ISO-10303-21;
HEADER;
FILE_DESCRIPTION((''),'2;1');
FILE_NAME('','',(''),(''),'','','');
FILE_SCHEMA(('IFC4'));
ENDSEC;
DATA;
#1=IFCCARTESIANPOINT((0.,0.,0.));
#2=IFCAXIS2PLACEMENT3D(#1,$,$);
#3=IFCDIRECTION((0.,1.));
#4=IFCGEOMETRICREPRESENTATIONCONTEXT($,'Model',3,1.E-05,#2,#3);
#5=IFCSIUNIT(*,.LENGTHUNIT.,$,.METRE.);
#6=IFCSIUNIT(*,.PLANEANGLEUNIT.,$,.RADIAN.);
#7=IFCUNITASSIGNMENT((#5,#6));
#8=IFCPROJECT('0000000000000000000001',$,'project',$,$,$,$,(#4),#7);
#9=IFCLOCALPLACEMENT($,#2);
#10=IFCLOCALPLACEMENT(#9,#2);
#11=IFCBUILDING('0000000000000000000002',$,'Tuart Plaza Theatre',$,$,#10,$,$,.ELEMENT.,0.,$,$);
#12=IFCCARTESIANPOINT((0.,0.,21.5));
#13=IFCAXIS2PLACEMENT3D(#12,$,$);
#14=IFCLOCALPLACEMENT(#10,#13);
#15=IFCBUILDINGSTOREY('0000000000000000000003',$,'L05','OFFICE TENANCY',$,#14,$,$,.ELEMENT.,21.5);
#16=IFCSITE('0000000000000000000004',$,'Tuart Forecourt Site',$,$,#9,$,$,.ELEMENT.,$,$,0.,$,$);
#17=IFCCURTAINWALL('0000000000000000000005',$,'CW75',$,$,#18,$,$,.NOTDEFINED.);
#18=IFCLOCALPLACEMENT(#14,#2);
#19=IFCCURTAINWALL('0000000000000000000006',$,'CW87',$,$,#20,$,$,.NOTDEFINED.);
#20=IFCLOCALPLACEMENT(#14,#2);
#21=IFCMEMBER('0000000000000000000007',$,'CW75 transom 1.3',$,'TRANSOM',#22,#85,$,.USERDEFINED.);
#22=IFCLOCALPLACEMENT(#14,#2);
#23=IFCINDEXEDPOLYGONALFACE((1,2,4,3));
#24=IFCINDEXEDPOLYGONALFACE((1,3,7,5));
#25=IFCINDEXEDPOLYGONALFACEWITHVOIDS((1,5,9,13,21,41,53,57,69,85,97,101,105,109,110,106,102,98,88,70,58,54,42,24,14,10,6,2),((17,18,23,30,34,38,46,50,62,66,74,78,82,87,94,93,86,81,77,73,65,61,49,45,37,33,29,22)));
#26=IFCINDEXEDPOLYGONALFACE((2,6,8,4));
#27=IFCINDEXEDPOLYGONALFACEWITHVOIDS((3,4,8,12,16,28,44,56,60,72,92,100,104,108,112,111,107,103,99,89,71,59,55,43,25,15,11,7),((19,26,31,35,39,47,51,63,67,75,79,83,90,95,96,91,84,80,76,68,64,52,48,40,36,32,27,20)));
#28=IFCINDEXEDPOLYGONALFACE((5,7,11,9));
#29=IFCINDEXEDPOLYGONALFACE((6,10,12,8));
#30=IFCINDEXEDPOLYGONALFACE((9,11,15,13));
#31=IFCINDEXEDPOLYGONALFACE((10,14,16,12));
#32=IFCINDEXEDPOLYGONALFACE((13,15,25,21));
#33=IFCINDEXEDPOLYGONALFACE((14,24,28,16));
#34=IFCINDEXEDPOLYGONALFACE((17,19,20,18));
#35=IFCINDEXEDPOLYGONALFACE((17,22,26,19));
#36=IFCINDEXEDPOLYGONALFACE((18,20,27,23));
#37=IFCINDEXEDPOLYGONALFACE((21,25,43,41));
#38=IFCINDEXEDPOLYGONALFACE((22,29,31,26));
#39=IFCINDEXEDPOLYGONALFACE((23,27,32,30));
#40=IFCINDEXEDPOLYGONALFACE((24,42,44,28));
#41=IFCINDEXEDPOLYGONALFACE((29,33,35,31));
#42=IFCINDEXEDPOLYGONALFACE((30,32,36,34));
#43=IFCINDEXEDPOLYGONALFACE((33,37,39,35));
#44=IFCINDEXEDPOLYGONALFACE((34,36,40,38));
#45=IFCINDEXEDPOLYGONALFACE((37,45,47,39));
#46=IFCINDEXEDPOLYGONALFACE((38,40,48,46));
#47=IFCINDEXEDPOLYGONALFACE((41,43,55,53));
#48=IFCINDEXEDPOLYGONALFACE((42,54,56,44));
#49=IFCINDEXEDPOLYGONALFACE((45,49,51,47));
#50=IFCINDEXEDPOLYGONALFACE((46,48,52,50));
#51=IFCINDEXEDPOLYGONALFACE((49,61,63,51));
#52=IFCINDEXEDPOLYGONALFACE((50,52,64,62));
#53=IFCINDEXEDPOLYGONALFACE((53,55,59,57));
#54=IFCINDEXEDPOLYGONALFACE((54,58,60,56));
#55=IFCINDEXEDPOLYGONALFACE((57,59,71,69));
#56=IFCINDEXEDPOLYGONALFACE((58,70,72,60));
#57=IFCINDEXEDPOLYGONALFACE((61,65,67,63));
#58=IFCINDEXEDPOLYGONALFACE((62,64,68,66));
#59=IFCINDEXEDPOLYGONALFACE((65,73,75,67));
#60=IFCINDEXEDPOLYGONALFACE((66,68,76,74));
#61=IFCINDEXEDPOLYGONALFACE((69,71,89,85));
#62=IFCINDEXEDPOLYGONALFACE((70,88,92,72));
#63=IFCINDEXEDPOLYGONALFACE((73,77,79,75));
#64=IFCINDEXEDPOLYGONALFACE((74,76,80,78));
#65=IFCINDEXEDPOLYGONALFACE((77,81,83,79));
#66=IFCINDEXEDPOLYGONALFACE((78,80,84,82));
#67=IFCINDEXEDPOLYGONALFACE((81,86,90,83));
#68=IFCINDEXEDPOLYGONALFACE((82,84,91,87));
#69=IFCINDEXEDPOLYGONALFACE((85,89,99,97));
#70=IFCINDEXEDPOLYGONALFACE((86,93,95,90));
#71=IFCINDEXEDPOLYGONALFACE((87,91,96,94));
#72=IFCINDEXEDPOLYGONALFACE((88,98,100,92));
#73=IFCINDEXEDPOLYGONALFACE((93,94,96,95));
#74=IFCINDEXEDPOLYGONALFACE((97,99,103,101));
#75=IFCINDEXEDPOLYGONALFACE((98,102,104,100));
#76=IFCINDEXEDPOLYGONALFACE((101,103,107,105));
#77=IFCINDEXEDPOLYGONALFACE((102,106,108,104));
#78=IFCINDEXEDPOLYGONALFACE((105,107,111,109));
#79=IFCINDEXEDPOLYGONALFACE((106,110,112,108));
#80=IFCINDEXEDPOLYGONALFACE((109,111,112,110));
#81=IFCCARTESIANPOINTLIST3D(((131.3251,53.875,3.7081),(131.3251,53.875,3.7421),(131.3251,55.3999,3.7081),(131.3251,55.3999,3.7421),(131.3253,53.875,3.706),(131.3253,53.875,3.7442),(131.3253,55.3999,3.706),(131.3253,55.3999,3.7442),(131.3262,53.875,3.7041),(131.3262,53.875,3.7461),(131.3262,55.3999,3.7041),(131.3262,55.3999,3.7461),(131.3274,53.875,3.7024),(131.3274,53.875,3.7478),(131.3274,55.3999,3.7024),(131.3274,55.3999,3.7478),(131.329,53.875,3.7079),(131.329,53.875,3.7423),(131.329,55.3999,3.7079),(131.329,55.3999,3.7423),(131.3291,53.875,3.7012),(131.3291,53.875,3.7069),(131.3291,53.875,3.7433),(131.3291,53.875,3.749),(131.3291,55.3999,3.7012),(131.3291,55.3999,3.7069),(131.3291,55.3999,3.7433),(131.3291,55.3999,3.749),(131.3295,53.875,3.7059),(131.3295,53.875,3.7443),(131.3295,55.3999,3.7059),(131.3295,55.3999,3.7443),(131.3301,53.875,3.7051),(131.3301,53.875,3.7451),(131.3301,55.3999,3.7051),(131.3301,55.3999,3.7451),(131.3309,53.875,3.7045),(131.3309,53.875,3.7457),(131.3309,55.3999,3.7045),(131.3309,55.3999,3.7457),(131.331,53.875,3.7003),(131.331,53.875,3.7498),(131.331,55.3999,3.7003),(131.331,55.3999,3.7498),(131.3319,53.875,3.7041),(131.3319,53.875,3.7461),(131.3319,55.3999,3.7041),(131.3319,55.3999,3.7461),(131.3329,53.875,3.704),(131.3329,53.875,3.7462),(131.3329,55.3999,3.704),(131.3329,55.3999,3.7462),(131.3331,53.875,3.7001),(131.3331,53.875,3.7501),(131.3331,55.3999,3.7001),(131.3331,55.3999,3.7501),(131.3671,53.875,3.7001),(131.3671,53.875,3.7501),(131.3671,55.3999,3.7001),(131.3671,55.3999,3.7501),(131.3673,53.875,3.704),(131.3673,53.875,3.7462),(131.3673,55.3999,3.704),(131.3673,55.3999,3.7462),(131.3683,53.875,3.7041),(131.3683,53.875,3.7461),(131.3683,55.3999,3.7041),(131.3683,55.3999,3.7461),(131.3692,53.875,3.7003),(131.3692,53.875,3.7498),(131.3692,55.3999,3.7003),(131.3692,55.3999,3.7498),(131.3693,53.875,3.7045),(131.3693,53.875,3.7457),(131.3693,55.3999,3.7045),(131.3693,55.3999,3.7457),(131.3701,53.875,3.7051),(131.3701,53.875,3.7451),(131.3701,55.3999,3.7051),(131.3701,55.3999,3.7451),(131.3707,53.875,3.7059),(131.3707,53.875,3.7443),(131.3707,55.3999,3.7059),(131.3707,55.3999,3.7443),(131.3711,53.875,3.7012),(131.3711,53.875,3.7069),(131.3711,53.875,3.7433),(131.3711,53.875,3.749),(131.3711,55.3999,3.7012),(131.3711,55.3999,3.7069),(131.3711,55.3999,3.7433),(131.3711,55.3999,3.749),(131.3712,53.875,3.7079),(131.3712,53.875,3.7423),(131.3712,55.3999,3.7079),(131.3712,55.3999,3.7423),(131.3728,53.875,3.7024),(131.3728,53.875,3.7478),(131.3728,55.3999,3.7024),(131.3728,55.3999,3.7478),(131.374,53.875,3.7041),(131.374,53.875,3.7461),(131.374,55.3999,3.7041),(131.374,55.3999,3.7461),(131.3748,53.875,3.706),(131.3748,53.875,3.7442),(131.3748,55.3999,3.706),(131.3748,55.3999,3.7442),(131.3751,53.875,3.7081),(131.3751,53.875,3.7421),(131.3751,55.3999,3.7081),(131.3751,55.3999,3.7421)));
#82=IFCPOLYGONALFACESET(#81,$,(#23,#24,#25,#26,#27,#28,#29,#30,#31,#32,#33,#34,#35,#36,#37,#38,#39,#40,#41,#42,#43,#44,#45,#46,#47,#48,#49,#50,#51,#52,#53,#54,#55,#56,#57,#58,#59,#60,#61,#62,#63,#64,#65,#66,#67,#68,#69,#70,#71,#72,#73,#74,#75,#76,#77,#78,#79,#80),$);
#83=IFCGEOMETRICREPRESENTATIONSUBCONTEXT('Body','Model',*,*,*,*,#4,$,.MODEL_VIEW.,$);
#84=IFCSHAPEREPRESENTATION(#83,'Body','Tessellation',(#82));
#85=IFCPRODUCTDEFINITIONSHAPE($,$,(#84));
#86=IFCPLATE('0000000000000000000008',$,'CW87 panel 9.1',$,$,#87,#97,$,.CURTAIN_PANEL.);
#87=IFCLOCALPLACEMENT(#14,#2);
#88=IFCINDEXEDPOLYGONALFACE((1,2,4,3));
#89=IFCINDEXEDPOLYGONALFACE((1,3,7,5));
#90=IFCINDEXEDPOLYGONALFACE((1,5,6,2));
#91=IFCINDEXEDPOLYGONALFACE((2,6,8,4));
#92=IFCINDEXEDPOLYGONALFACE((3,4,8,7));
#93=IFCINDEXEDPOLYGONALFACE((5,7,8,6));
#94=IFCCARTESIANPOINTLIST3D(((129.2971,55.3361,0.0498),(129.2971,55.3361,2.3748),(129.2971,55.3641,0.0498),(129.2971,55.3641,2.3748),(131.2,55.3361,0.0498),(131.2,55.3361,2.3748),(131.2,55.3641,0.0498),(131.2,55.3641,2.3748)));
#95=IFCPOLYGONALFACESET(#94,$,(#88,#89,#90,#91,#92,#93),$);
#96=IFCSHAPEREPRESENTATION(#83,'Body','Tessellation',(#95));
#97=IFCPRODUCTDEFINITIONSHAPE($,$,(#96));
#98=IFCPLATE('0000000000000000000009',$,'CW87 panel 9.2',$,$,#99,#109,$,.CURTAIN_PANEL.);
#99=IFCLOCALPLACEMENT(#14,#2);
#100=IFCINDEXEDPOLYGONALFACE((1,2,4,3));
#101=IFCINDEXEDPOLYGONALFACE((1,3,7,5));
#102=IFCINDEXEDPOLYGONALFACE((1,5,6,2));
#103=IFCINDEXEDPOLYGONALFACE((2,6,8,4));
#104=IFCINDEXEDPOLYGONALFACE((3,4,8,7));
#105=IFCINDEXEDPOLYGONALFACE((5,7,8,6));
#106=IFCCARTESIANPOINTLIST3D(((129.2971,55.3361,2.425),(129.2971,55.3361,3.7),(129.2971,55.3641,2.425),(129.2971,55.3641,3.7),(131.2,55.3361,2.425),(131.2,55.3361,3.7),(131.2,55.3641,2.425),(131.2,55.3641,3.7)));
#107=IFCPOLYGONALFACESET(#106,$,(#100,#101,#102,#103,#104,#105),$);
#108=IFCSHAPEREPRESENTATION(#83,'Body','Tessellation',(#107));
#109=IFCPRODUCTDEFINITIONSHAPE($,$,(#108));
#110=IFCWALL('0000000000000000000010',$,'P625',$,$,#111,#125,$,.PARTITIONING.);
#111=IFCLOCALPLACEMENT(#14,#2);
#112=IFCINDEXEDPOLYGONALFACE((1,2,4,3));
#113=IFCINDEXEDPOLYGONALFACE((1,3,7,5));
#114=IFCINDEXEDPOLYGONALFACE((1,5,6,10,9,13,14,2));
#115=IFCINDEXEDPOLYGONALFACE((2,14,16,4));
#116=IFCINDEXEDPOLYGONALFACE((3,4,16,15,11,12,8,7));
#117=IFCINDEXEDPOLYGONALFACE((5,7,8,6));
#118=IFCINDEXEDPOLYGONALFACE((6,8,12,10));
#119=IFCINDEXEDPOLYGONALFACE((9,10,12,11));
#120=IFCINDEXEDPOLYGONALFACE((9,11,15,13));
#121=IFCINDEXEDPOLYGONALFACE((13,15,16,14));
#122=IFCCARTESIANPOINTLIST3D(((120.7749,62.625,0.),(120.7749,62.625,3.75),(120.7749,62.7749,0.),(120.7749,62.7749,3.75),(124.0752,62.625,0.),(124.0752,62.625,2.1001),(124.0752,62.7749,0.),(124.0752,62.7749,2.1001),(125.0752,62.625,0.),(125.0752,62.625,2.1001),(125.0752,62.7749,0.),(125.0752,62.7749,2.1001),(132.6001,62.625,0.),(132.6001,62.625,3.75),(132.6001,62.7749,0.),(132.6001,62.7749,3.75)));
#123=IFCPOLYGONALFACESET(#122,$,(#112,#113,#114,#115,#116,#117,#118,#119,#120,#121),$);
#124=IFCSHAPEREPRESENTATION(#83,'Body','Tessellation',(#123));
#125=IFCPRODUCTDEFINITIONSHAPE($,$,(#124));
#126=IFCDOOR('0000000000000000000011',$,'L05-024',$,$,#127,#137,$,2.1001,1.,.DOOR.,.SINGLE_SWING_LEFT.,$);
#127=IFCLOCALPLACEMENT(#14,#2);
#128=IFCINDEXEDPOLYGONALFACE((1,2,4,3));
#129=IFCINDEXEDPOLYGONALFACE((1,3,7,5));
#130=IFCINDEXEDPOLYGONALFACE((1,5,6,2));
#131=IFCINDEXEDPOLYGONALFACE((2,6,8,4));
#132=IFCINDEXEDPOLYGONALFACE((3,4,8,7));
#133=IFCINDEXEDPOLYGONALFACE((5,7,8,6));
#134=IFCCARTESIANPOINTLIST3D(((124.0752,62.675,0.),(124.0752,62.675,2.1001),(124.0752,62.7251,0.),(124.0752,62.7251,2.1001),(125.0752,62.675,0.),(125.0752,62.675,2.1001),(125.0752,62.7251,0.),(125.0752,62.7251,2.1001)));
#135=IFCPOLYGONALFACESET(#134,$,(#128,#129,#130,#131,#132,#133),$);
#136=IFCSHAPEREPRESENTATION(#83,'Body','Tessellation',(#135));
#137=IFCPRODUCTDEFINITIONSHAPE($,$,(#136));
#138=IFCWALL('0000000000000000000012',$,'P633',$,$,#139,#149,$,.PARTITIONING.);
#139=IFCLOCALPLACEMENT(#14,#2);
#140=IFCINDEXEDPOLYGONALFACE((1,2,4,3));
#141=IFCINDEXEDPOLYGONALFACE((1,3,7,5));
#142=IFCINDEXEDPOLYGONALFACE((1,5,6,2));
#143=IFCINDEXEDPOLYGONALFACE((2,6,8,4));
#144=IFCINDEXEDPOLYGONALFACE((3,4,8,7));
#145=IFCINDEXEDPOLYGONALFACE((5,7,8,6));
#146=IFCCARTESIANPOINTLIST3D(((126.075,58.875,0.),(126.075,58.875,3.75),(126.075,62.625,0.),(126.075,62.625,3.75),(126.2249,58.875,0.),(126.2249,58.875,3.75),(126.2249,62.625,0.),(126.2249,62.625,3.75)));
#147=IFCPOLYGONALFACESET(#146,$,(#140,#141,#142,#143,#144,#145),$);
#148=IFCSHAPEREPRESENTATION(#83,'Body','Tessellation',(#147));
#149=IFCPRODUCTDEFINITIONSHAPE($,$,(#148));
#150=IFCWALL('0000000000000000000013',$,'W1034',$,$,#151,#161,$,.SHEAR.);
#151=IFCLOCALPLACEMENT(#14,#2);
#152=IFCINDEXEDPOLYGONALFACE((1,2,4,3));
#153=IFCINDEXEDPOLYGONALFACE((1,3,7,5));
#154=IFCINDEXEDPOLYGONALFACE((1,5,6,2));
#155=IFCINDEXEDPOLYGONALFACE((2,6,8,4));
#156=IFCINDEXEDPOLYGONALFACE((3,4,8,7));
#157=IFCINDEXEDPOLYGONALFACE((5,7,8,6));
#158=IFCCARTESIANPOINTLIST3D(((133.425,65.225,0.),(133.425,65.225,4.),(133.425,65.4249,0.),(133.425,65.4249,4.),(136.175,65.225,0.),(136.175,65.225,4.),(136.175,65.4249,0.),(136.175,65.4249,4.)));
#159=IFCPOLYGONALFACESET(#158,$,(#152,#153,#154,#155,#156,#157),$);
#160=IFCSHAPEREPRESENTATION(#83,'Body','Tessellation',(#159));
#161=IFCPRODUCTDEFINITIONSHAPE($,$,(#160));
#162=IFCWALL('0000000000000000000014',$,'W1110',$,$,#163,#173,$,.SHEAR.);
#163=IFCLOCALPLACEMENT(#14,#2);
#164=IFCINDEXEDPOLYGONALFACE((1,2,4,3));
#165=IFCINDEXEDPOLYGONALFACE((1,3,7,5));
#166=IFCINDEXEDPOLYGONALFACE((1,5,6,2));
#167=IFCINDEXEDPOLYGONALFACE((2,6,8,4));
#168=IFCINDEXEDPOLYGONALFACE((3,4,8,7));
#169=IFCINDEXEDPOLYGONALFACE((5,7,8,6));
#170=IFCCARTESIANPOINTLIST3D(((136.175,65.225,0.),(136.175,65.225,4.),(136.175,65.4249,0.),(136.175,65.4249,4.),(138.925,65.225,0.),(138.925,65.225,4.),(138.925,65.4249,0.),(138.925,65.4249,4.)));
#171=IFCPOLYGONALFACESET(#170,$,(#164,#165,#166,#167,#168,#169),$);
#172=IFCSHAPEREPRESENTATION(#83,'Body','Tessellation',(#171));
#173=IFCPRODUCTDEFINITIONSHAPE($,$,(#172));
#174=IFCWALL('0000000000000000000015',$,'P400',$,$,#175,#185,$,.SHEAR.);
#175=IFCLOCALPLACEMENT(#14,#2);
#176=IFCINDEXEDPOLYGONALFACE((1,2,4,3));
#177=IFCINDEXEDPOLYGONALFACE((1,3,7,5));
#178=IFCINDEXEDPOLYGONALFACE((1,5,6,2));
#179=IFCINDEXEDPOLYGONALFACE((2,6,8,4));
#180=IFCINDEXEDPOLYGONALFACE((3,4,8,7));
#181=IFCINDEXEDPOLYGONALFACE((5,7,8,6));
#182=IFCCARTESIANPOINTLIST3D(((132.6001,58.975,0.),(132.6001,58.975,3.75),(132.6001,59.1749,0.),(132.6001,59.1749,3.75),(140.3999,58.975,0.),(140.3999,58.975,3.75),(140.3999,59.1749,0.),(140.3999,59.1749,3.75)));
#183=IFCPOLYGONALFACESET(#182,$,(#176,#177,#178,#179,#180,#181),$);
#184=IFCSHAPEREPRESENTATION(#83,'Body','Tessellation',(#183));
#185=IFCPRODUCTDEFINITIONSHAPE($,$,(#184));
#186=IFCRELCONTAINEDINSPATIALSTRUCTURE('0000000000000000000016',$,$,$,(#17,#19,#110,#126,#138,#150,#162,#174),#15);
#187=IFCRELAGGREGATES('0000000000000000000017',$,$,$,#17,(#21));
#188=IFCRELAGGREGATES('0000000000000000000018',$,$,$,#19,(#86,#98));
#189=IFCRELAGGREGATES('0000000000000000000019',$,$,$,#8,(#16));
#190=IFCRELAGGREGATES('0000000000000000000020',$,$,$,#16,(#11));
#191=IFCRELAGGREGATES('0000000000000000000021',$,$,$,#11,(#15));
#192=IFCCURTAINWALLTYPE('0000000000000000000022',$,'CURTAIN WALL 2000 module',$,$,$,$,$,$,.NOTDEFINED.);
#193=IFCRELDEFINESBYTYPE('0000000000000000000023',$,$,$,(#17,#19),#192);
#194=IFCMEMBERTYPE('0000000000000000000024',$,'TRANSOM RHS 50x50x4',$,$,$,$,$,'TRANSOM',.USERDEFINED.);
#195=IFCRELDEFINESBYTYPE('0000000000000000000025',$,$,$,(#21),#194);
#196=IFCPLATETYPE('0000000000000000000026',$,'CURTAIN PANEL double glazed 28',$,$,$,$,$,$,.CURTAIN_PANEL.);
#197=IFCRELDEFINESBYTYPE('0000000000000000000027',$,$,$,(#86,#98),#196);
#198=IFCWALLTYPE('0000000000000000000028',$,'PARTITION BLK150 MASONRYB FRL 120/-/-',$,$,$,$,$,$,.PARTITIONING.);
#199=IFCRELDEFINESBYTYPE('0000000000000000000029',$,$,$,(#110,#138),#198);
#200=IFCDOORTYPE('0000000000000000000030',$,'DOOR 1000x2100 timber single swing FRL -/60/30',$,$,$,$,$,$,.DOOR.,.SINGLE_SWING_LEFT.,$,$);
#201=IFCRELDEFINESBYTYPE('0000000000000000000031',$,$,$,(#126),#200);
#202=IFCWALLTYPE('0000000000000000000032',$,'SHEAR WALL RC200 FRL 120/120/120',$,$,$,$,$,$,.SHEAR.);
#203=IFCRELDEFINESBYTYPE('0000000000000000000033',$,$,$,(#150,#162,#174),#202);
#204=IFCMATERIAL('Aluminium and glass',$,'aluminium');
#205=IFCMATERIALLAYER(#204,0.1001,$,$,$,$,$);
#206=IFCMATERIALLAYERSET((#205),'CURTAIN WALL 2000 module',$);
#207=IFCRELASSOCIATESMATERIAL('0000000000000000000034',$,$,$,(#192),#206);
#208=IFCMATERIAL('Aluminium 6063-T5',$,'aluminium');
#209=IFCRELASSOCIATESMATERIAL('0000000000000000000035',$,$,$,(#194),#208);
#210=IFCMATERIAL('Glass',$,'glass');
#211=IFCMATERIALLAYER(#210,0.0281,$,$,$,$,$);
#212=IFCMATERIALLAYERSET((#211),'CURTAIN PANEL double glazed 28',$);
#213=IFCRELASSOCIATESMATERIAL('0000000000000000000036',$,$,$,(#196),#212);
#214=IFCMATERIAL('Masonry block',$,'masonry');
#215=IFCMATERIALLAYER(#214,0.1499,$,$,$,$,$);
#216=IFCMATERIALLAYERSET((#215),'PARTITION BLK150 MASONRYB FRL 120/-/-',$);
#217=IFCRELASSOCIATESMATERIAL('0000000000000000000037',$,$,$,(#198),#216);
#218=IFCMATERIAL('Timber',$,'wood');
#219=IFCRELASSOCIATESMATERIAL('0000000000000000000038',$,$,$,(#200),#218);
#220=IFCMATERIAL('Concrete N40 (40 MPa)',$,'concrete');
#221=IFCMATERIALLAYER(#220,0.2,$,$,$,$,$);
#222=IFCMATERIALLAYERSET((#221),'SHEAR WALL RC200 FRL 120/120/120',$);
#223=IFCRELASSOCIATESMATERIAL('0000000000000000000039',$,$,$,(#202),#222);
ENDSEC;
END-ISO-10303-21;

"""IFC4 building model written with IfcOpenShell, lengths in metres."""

from ifc_helpers import new_model, si_unit, direction, frame, frame_2d, origin, origin_2d, place, context, subcontext, project, spatial, rectangle, hollow_rectangle, extrude, material, layer, layer_set, material_profile, profile_set, type_object, element, fill, aggregate, save


model = new_model("IFC4")

# Units and contexts
model_context = context("Model", 3, precision=1e-05, world=origin(), true_north=direction((0.0, 1.0)))
body_context = subcontext(model_context, "Body", "Model", "MODEL_VIEW")
ifc_project = project(units=[si_unit("LENGTHUNIT", "METRE"), si_unit("PLANEANGLEUNIT", "RADIAN")], contexts=[model_context])

# Site, building, storey
site_placement = place(None, origin())
site = spatial("IfcSite", under=ifc_project, at=site_placement, Name="Tuart Forecourt Site", CompositionType="ELEMENT", RefElevation=0.0)
building_placement = place(site_placement, origin())
building = spatial("IfcBuilding", under=site, at=building_placement, Name="Tuart Plaza Theatre", CompositionType="ELEMENT", ElevationOfRefHeight=0.0)
storey_placement = place(building_placement, frame((0.0, 0.0, 21.5)))
storey = spatial("IfcBuildingStorey", under=building, at=storey_placement, Name="L05", Description="OFFICE TENANCY", CompositionType="ELEMENT", Elevation=21.5)

# Curtain walls
ifc_material_1 = material(Name="Aluminium and glass", Category="aluminium")
ifc_layer_1 = layer(ifc_material_1, 0.1001)
ifc_layer_set_1 = layer_set([ifc_layer_1], Name="CURTAIN WALL 2000 module")
curtain_wall_type = type_object("IfcCurtainWallType", Name="CURTAIN WALL 2000 module", PredefinedType="NOTDEFINED", material=ifc_layer_set_1)
curtain_wall_1_placement = place(storey_placement, origin())
curtain_wall_1 = element("IfcCurtainWall", 1, at=curtain_wall_1_placement, inside=storey, type_object=curtain_wall_type, Name="CW75", PredefinedType="NOTDEFINED")
curtain_wall_2_placement = place(storey_placement, origin())
curtain_wall_2 = element("IfcCurtainWall", 2, at=curtain_wall_2_placement, inside=storey, type_object=curtain_wall_type, Name="CW87", PredefinedType="NOTDEFINED")

# Member
ifc_material_2 = material(Name="Aluminium 6063-T5", Category="aluminium")
ifc_material_profile_1 = material_profile(ifc_material_2, hollow_rectangle(XDim=0.05, YDim=0.05, WallThickness=0.0039, InnerFilletRadius=0.0039, OuterFilletRadius=0.0081, at=origin_2d()), Name="RHS 50x50x4")
ifc_profile_set_1 = profile_set([ifc_material_profile_1], Name="Aluminium 6063-T5")
member_type_1 = type_object("IfcMemberType", Name="TRANSOM RHS 50x50x4", ElementType="TRANSOM", PredefinedType="USERDEFINED", material=ifc_profile_set_1)
member_1_placement = place(storey_placement, frame((131.3501, 55.3999, 3.7251), z_axis=(0.0, -1.0, 0.0), x_axis=(1.0, 0.0, 0.0)))
member_1 = element("IfcMember", 3, at=member_1_placement, type_object=member_type_1, Name="CW75 transom 1.3", ObjectType="TRANSOM", PredefinedType="USERDEFINED", context=body_context, shape_type="SweptSolid", body=[
    extrude(hollow_rectangle(XDim=0.05, YDim=0.05, WallThickness=0.0039, InnerFilletRadius=0.0039, OuterFilletRadius=0.0081, at=origin_2d()), origin(), (0.0, 0.0, 1.0), 1.5249),
])
aggregate(curtain_wall_1, [member_1])

# Plates
ifc_material_3 = material(Name="Glass", Category="glass")
ifc_layer_2 = layer(ifc_material_3, 0.0281)
ifc_layer_set_2 = layer_set([ifc_layer_2], Name="CURTAIN PANEL double glazed 28")
plate_type = type_object("IfcPlateType", Name="CURTAIN PANEL double glazed 28", PredefinedType="CURTAIN_PANEL", material=ifc_layer_set_2)
plate_1_placement = place(storey_placement, frame((130.2485, 55.3501, 0.0498), z_axis=(0.0, 0.0, 1.0), x_axis=(1.0, 0.0, 0.0)))
plate_1 = element("IfcPlate", 4, at=plate_1_placement, type_object=plate_type, Name="CW87 panel 9.1", PredefinedType="CURTAIN_PANEL", context=body_context, shape_type="SweptSolid", body=[
    extrude(rectangle(XDim=1.9028, YDim=0.0281, at=origin_2d()), origin(), (0.0, 0.0, 1.0), 2.325),
])
plate_2_placement = place(storey_placement, frame((130.2485, 55.3501, 2.425), z_axis=(0.0, 0.0, 1.0), x_axis=(1.0, 0.0, 0.0)))
plate_2 = element("IfcPlate", 5, at=plate_2_placement, type_object=plate_type, Name="CW87 panel 9.2", PredefinedType="CURTAIN_PANEL", context=body_context, shape_type="SweptSolid", body=[
    extrude(rectangle(XDim=1.9028, YDim=0.0281, at=origin_2d()), origin(), (0.0, 0.0, 1.0), 1.2749),
])
aggregate(curtain_wall_2, [plate_1, plate_2])

# Wall, opening, door
ifc_material_4 = material(Name="Masonry block", Category="masonry")
ifc_layer_3 = layer(ifc_material_4, 0.1499)
ifc_layer_set_3 = layer_set([ifc_layer_3], Name="PARTITION BLK150 MASONRYB FRL 120/-/-")
wall_type_1 = type_object("IfcWallType", Name="PARTITION BLK150 MASONRYB FRL 120/-/-", PredefinedType="PARTITIONING", material=ifc_layer_set_3)
wall_1_placement = place(storey_placement, frame((132.6001, 62.7, 0.0), z_axis=(0.0, 0.0, 1.0), x_axis=(-1.0, 0.0, 0.0)))
wall_1 = element("IfcWall", 6, at=wall_1_placement, inside=storey, type_object=wall_type_1, Name="P625", PredefinedType="PARTITIONING", context=body_context, shape_type="SweptSolid", body=[
    extrude(rectangle(XDim=11.8252, YDim=0.1499, at=frame_2d((5.9126, 0.0))), origin(), (0.0, 0.0, 1.0), 3.75),
])
opening_placement = place(wall_1_placement, frame((7.5249, 0.0, 0.0)))
opening = element("IfcOpeningElement", 7, at=opening_placement, cuts=wall_1, PredefinedType="OPENING", context=body_context, shape_type="SweptSolid", body=[
    extrude(rectangle(XDim=1.0, YDim=2.1001, at=frame_2d((0.5, 1.05))), frame((0.0, 0.085, 0.0), z_axis=(0.0, -1.0, 0.0), x_axis=(1.0, 0.0, 0.0)), (0.0, 0.0, 1.0), 0.1699),
])
ifc_material_5 = material(Name="Timber", Category="wood")
door_type = type_object("IfcDoorType", Name="DOOR 1000x2100 timber single swing FRL -/60/30", OperationType="SINGLE_SWING_LEFT", PredefinedType="DOOR", material=ifc_material_5)
door_placement = place(opening_placement, origin())
door = element("IfcDoor", 8, at=door_placement, inside=storey, type_object=door_type, Name="L05-024", OperationType="SINGLE_SWING_LEFT", OverallHeight=2.1001, OverallWidth=1.0, PredefinedType="DOOR", context=body_context, shape_type="SweptSolid", body=[
    extrude(rectangle(XDim=1.0, YDim=2.1001, at=frame_2d((0.5, 1.05))), frame((0.0, 0.0249, 0.0), z_axis=(0.0, -1.0, 0.0), x_axis=(1.0, 0.0, 0.0)), (0.0, 0.0, 1.0), 0.05),
])
fill(opening, door)

# Walls
wall_2_placement = place(storey_placement, frame((126.1499, 62.625, 0.0), z_axis=(0.0, 0.0, 1.0), x_axis=(0.0, -1.0, 0.0)))
element("IfcWall", 9, at=wall_2_placement, inside=storey, type_object=wall_type_1, Name="P633", PredefinedType="PARTITIONING", context=body_context, shape_type="SweptSolid", body=[
    extrude(rectangle(XDim=3.75, YDim=0.1499, at=frame_2d((1.875, 0.0))), origin(), (0.0, 0.0, 1.0), 3.75),
])
ifc_material_6 = material(Name="Concrete N40 (40 MPa)", Category="concrete")
ifc_layer_4 = layer(ifc_material_6, 0.2)
ifc_layer_set_4 = layer_set([ifc_layer_4], Name="SHEAR WALL RC200 FRL 120/120/120")
wall_type_2 = type_object("IfcWallType", Name="SHEAR WALL RC200 FRL 120/120/120", PredefinedType="SHEAR", material=ifc_layer_set_4)
for number, where, z_axis, x_axis, name in (
    (10, (133.425, 65.325, 0.0), (0.0, 0.0, 1.0), (1.0, 0.0, 0.0), "W1034"),
    (11, (136.175, 65.325, 0.0), (0.0, 0.0, 1.0), (1.0, 0.0, 0.0), "W1110"),
):
    element("IfcWall", number, at=place(storey_placement, frame(where, z_axis=z_axis, x_axis=x_axis)), inside=storey, type_object=wall_type_2, Name=name, PredefinedType="SHEAR", context=body_context, shape_type="SweptSolid", body=[
        extrude(rectangle(XDim=2.75, YDim=0.2, at=frame_2d((1.375, 0.0))), origin(), (0.0, 0.0, 1.0), 4.0),
    ])
wall_3_placement = place(storey_placement, frame((132.6001, 59.075, 0.0), z_axis=(0.0, 0.0, 1.0), x_axis=(1.0, 0.0, 0.0)))
element("IfcWall", 12, at=wall_3_placement, inside=storey, type_object=wall_type_2, Name="P400", PredefinedType="SHEAR", context=body_context, shape_type="SweptSolid", body=[
    extrude(rectangle(XDim=7.7998, YDim=0.2, at=frame_2d((3.8999, 0.0))), origin(), (0.0, 0.0, 1.0), 3.75),
])

save(model, "model.ifc")
